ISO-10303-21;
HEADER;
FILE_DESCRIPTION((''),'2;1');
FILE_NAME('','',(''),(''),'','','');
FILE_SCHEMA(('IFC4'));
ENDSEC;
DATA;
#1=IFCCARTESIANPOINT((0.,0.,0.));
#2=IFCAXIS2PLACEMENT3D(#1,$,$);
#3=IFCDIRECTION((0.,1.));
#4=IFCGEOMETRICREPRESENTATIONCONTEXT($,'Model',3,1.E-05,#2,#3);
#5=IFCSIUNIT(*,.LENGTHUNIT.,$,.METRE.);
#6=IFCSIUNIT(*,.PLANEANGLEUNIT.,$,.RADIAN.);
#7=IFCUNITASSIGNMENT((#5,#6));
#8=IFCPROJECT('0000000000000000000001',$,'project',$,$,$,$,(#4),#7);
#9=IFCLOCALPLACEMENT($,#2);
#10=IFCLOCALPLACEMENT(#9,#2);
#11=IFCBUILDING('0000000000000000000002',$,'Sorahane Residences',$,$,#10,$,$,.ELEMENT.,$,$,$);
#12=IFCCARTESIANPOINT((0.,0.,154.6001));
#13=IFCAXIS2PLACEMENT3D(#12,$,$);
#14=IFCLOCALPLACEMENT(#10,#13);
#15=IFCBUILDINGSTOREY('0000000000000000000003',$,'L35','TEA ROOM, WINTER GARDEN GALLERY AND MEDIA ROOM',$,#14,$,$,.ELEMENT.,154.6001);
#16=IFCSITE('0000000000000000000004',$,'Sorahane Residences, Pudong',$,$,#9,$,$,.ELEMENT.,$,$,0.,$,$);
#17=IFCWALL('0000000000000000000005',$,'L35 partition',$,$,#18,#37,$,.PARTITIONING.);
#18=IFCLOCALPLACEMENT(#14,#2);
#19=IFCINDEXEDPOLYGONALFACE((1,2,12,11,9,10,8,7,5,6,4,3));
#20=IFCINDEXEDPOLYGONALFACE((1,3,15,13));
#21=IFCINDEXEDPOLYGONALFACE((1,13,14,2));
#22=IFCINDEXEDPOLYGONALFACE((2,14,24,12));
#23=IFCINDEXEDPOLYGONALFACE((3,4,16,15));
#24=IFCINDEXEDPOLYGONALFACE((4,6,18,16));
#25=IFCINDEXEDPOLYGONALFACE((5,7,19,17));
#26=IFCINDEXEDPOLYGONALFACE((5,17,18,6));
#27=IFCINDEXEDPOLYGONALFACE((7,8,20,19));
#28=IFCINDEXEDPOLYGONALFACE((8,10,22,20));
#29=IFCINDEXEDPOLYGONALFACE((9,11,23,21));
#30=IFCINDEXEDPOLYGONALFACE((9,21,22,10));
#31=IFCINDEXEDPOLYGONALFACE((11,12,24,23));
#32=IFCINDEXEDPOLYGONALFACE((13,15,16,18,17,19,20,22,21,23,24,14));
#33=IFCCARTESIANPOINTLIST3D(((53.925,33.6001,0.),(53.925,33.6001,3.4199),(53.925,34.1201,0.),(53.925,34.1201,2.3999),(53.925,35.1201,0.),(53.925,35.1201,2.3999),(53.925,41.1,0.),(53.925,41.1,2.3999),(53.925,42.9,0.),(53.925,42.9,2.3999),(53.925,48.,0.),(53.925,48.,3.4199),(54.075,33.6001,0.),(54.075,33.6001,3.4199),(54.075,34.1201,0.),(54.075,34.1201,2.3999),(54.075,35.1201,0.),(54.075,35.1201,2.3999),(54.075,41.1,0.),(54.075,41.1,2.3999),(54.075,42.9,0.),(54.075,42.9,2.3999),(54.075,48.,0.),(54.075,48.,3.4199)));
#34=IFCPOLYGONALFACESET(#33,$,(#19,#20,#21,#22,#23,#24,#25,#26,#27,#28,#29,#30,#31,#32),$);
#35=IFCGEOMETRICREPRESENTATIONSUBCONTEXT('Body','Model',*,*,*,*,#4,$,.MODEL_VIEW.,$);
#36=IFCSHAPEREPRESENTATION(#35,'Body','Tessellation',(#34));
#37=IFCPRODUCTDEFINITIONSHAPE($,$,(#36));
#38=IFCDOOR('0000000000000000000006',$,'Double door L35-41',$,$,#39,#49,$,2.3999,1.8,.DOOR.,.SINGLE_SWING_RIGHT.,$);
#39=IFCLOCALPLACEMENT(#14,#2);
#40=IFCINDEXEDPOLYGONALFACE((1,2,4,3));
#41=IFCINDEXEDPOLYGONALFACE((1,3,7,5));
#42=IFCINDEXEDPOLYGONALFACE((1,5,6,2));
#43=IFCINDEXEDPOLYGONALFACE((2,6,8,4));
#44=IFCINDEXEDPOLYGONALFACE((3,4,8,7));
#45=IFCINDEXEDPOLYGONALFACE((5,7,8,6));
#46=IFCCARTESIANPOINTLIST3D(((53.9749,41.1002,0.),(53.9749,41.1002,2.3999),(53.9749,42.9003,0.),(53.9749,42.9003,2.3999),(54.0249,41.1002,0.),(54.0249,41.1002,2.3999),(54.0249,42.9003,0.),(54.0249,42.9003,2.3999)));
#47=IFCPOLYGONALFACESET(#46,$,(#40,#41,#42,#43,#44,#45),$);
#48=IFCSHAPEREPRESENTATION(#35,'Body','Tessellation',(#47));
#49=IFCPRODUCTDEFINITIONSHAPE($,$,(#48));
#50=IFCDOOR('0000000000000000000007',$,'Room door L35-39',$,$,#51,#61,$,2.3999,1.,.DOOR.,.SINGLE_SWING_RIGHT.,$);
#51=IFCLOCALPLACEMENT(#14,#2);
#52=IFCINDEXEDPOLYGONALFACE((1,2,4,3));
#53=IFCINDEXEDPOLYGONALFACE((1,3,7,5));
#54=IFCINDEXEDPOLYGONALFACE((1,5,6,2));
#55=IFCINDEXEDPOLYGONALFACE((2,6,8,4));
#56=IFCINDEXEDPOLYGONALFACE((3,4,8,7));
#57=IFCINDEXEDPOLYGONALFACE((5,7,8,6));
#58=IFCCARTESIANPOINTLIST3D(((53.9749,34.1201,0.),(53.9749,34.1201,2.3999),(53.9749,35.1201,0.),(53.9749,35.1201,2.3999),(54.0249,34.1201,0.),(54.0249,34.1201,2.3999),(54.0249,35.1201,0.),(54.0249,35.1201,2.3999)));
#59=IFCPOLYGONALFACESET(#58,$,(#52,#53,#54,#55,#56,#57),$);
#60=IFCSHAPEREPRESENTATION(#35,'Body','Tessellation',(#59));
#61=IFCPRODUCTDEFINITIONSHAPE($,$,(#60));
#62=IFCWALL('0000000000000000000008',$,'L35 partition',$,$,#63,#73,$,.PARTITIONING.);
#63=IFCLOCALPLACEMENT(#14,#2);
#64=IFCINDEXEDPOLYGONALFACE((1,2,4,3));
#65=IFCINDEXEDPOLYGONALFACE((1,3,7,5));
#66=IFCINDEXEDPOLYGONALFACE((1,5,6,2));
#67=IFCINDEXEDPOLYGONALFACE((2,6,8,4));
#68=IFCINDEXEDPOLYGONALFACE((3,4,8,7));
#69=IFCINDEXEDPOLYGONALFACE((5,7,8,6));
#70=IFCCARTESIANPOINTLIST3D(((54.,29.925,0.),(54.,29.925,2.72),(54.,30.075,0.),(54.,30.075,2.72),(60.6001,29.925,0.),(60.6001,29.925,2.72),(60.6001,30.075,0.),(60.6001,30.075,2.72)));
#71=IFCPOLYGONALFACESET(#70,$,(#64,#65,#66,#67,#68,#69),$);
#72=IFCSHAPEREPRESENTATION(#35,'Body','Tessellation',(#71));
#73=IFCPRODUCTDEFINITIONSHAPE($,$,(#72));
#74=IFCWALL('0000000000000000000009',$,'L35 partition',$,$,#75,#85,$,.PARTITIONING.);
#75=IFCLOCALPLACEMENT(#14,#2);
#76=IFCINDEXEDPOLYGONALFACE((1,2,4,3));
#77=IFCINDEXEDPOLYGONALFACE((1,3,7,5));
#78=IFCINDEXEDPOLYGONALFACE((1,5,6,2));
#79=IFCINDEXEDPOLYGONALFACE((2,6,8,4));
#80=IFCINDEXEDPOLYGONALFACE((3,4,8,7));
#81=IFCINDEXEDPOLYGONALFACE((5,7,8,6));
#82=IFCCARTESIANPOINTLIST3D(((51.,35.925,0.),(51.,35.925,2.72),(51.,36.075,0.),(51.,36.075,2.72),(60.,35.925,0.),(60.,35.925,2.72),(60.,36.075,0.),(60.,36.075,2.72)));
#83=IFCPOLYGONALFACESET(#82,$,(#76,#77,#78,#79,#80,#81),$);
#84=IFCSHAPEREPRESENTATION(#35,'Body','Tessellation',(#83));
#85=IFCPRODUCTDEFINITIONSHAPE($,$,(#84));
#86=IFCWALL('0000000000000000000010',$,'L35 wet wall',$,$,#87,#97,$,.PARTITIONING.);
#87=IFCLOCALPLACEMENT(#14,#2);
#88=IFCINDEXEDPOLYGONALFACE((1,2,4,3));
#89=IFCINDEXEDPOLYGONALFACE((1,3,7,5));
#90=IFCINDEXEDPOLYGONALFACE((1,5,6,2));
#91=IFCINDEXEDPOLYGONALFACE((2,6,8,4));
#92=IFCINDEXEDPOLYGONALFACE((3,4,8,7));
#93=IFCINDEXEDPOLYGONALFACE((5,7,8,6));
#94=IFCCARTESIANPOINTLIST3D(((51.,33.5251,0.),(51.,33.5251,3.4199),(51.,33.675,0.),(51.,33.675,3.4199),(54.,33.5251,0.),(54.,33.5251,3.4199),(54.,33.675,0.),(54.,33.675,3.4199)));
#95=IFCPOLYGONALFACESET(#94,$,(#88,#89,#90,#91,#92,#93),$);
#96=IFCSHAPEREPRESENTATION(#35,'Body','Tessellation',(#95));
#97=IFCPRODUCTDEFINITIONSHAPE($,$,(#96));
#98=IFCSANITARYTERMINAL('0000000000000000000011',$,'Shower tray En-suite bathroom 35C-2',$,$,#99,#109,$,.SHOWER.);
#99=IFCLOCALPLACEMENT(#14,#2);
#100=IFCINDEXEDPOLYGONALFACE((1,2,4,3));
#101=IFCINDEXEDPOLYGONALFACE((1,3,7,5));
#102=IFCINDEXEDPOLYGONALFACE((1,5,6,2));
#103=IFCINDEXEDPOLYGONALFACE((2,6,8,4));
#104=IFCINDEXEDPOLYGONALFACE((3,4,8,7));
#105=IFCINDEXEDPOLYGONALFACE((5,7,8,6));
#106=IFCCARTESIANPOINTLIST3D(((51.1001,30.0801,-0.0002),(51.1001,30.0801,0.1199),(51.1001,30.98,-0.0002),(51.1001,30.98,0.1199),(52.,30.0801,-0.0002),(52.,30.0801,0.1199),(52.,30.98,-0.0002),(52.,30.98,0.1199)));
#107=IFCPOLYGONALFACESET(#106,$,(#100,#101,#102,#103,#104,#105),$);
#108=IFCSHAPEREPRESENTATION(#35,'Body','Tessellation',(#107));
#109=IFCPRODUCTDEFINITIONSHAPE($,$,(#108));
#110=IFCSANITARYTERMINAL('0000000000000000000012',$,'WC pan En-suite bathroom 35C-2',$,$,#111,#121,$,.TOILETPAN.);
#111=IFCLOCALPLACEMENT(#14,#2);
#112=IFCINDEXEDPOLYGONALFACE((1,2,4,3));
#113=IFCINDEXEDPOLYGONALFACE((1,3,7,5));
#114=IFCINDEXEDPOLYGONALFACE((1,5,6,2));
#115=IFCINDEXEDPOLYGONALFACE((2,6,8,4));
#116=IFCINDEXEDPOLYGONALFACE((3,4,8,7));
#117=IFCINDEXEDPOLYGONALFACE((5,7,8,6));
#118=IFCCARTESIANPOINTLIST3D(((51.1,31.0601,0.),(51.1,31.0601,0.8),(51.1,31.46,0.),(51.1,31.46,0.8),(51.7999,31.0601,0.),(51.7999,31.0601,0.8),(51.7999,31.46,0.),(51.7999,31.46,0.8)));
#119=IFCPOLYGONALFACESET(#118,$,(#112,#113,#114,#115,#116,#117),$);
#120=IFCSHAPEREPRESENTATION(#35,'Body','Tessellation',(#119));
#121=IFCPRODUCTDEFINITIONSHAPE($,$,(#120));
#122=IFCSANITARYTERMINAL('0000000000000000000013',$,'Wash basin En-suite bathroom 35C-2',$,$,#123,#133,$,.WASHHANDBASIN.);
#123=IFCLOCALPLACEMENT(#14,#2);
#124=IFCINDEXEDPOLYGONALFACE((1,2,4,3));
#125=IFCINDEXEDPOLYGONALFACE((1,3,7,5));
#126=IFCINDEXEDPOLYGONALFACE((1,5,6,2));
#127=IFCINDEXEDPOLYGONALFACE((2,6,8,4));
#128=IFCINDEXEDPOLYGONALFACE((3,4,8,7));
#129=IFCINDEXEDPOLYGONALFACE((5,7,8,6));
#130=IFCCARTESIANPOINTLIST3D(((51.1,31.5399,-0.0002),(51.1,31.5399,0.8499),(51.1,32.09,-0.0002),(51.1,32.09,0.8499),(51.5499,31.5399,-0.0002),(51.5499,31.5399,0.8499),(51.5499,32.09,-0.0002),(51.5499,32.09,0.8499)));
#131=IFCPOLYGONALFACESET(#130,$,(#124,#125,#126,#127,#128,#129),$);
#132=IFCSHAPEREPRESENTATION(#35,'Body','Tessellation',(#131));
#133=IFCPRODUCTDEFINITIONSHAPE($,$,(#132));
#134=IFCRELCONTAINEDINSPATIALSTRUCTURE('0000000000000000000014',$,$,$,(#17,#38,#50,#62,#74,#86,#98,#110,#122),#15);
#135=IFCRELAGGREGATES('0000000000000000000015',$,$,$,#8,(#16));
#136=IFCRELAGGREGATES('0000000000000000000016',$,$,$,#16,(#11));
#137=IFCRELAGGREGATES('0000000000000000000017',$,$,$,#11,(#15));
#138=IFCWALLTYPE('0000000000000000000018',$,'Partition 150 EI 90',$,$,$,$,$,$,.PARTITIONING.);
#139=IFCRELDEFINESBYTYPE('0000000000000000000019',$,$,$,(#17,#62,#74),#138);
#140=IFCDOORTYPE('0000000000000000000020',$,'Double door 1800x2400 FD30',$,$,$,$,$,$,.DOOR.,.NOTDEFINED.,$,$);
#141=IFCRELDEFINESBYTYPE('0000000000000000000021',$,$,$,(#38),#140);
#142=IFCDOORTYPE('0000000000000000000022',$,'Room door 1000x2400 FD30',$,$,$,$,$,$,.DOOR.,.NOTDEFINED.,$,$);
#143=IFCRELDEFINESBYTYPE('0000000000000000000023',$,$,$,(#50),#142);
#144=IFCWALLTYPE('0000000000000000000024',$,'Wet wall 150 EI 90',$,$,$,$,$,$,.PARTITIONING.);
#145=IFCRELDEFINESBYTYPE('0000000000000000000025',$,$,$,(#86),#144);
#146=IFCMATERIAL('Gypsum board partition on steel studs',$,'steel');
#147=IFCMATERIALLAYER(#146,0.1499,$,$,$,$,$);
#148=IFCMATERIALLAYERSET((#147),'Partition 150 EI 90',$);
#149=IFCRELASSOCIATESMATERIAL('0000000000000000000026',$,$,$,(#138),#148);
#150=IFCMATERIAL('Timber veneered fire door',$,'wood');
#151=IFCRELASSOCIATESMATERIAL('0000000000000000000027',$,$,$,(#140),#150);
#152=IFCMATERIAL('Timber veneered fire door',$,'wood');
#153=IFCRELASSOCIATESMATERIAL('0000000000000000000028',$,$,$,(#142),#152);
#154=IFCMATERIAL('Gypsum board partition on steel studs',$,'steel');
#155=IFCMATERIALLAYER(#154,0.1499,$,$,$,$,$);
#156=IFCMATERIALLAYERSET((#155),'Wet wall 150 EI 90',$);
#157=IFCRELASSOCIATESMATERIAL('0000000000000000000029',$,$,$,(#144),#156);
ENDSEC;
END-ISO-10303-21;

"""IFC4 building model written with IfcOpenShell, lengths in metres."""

from ifc_helpers import new_model, si_unit, direction, frame, frame_2d, origin, origin_2d, place, context, subcontext, project, spatial, rectangle, extrude, material, layer, layer_set, type_object, element, fill, save


model = new_model("IFC4")

# Units and contexts
model_context = context("Model", 3, precision=1e-05, world=origin(), true_north=direction((0.0, 1.0)))
body_context = subcontext(model_context, "Body", "Model", "MODEL_VIEW")
ifc_project = project(units=[si_unit("LENGTHUNIT", "METRE"), si_unit("PLANEANGLEUNIT", "RADIAN")], contexts=[model_context])

# Site, building, storey
site_placement = place(None, origin())
site = spatial("IfcSite", under=ifc_project, at=site_placement, Name="Sorahane Residences, Pudong", CompositionType="ELEMENT", RefElevation=0.0)
building_placement = place(site_placement, origin())
building = spatial("IfcBuilding", under=site, at=building_placement, Name="Sorahane Residences", CompositionType="ELEMENT")
storey_placement = place(building_placement, frame((0.0, 0.0, 154.6001)))
storey = spatial("IfcBuildingStorey", under=building, at=storey_placement, Name="L35", Description="TEA ROOM, WINTER GARDEN GALLERY AND MEDIA ROOM", CompositionType="ELEMENT", Elevation=154.6001)

# Wall, openings, doors
ifc_material_1 = material(Name="Gypsum board partition on steel studs", Category="steel")
ifc_layer_1 = layer(ifc_material_1, 0.1499)
ifc_layer_set_1 = layer_set([ifc_layer_1], Name="Partition 150 EI 90")
wall_type_1 = type_object("IfcWallType", Name="Partition 150 EI 90", PredefinedType="PARTITIONING", material=ifc_layer_set_1)
ifc_material_2 = material(Name="Timber veneered fire door", Category="wood")
door_type_1 = type_object("IfcDoorType", Name="Double door 1800x2400 FD30", OperationType="NOTDEFINED", PredefinedType="DOOR", material=ifc_material_2)
ifc_material_3 = material(Name="Timber veneered fire door", Category="wood")
door_type_2 = type_object("IfcDoorType", Name="Room door 1000x2400 FD30", OperationType="NOTDEFINED", PredefinedType="DOOR", material=ifc_material_3)
wall_1_placement = place(storey_placement, frame((54.0, 33.6001, 0.0), z_axis=(0.0, 0.0, 1.0), x_axis=(0.0, 1.0, 0.0)))
wall_1 = element("IfcWall", 1, at=wall_1_placement, inside=storey, type_object=wall_type_1, Name="L35 partition", PredefinedType="PARTITIONING", context=body_context, shape_type="SweptSolid", body=[
    extrude(rectangle(XDim=14.3999, YDim=0.1499, at=frame_2d((7.2, 0.0))), origin(), (0.0, 0.0, 1.0), 3.4199),
])
opening_1_placement = place(wall_1_placement, frame((0.52, 0.0, 0.0)))
opening_1 = element("IfcOpeningElement", 2, at=opening_1_placement, cuts=wall_1, PredefinedType="OPENING", context=body_context, shape_type="SweptSolid", body=[
    extrude(rectangle(XDim=1.0, YDim=2.3999, at=frame_2d((0.5, 1.2))), frame((0.0, 0.085, 0.0), z_axis=(0.0, -1.0, 0.0), x_axis=(1.0, 0.0, 0.0)), (0.0, 0.0, 1.0), 0.1699),
])
opening_2_placement = place(wall_1_placement, frame((7.5, 0.0, 0.0)))
opening_2 = element("IfcOpeningElement", 3, at=opening_2_placement, cuts=wall_1, PredefinedType="OPENING", context=body_context, shape_type="SweptSolid", body=[
    extrude(rectangle(XDim=1.8, YDim=2.3999, at=frame_2d((0.8999, 1.2))), frame((0.0, 0.085, 0.0), z_axis=(0.0, -1.0, 0.0), x_axis=(1.0, 0.0, 0.0)), (0.0, 0.0, 1.0), 0.1699),
])
door_1_placement = place(opening_2_placement, frame((1.8, 0.0, 0.0), z_axis=(0.0, 0.0, 1.0), x_axis=(-1.0, 0.0, 0.0)))
door_1 = element("IfcDoor", 4, at=door_1_placement, inside=storey, type_object=door_type_1, Name="Double door L35-41", OperationType="SINGLE_SWING_RIGHT", OverallHeight=2.3999, OverallWidth=1.8, PredefinedType="DOOR", context=body_context, shape_type="SweptSolid", body=[
    extrude(rectangle(XDim=1.8, YDim=2.3999, at=frame_2d((0.8999, 1.2))), frame((0.0, 0.0249, 0.0), z_axis=(0.0, -1.0, 0.0), x_axis=(1.0, 0.0, 0.0)), (0.0, 0.0, 1.0), 0.05),
])
fill(opening_2, door_1)
door_2_placement = place(opening_1_placement, frame((1.0, 0.0, 0.0), z_axis=(0.0, 0.0, 1.0), x_axis=(-1.0, 0.0, 0.0)))
door_2 = element("IfcDoor", 5, at=door_2_placement, inside=storey, type_object=door_type_2, Name="Room door L35-39", OperationType="SINGLE_SWING_RIGHT", OverallHeight=2.3999, OverallWidth=1.0, PredefinedType="DOOR", context=body_context, shape_type="SweptSolid", body=[
    extrude(rectangle(XDim=1.0, YDim=2.3999, at=frame_2d((0.5, 1.2))), frame((0.0, 0.0249, 0.0), z_axis=(0.0, -1.0, 0.0), x_axis=(1.0, 0.0, 0.0)), (0.0, 0.0, 1.0), 0.05),
])
fill(opening_1, door_2)

# Walls
wall_2_placement = place(storey_placement, frame((54.0, 30.0, 0.0), z_axis=(0.0, 0.0, 1.0), x_axis=(1.0, 0.0, 0.0)))
element("IfcWall", 6, at=wall_2_placement, inside=storey, type_object=wall_type_1, Name="L35 partition", PredefinedType="PARTITIONING", context=body_context, shape_type="SweptSolid", body=[
    extrude(rectangle(XDim=6.6001, YDim=0.1499, at=frame_2d((3.3, 0.0))), origin(), (0.0, 0.0, 1.0), 2.72),
])
wall_3_placement = place(storey_placement, frame((51.0, 36.0, 0.0), z_axis=(0.0, 0.0, 1.0), x_axis=(1.0, 0.0, 0.0)))
element("IfcWall", 7, at=wall_3_placement, inside=storey, type_object=wall_type_1, Name="L35 partition", PredefinedType="PARTITIONING", context=body_context, shape_type="SweptSolid", body=[
    extrude(rectangle(XDim=9.0, YDim=0.1499, at=frame_2d((4.5, 0.0))), origin(), (0.0, 0.0, 1.0), 2.72),
])

# Shared definitions
ifc_material_4 = material(Name="Gypsum board partition on steel studs", Category="steel")
ifc_layer_2 = layer(ifc_material_4, 0.1499)
ifc_layer_set_2 = layer_set([ifc_layer_2], Name="Wet wall 150 EI 90")
wall_type_2 = type_object("IfcWallType", Name="Wet wall 150 EI 90", PredefinedType="PARTITIONING", material=ifc_layer_set_2)

# Wall
wall_4_placement = place(storey_placement, frame((51.0, 33.6001, 0.0), z_axis=(0.0, 0.0, 1.0), x_axis=(1.0, 0.0, 0.0)))
element("IfcWall", 8, at=wall_4_placement, inside=storey, type_object=wall_type_2, Name="L35 wet wall", PredefinedType="PARTITIONING", context=body_context, shape_type="SweptSolid", body=[
    extrude(rectangle(XDim=3.0, YDim=0.1499, at=frame_2d((1.5, 0.0))), origin(), (0.0, 0.0, 1.0), 3.4199),
])

# Sanitary terminals
sanitary_terminal_1_placement = place(storey_placement, frame((51.55, 30.53, -0.0002), z_axis=(0.0, 0.0, 1.0), x_axis=(0.0, 1.0, 0.0)))
element("IfcSanitaryTerminal", 9, at=sanitary_terminal_1_placement, inside=storey, Name="Shower tray En-suite bathroom 35C-2", PredefinedType="SHOWER", context=body_context, shape_type="SweptSolid", body=[
    extrude(rectangle(XDim=0.8999, YDim=0.8999, at=origin_2d()), origin(), (0.0, 0.0, 1.0), 0.1201),
])
sanitary_terminal_2_placement = place(storey_placement, frame((51.45, 31.26, 0.0), z_axis=(0.0, 0.0, 1.0), x_axis=(0.0, 1.0, 0.0)))
element("IfcSanitaryTerminal", 10, at=sanitary_terminal_2_placement, inside=storey, Name="WC pan En-suite bathroom 35C-2", PredefinedType="TOILETPAN", context=body_context, shape_type="SweptSolid", body=[
    extrude(rectangle(XDim=0.3999, YDim=0.7, at=origin_2d()), origin(), (0.0, 0.0, 1.0), 0.8),
])
sanitary_terminal_3_placement = place(storey_placement, frame((51.325, 31.8149, -0.0002), z_axis=(0.0, 0.0, 1.0), x_axis=(0.0, 1.0, 0.0)))
element("IfcSanitaryTerminal", 11, at=sanitary_terminal_3_placement, inside=storey, Name="Wash basin En-suite bathroom 35C-2", PredefinedType="WASHHANDBASIN", context=body_context, shape_type="SweptSolid", body=[
    extrude(rectangle(XDim=0.55, YDim=0.45, at=origin_2d()), origin(), (0.0, 0.0, 1.0), 0.8501),
])

save(model, "model.ifc")
